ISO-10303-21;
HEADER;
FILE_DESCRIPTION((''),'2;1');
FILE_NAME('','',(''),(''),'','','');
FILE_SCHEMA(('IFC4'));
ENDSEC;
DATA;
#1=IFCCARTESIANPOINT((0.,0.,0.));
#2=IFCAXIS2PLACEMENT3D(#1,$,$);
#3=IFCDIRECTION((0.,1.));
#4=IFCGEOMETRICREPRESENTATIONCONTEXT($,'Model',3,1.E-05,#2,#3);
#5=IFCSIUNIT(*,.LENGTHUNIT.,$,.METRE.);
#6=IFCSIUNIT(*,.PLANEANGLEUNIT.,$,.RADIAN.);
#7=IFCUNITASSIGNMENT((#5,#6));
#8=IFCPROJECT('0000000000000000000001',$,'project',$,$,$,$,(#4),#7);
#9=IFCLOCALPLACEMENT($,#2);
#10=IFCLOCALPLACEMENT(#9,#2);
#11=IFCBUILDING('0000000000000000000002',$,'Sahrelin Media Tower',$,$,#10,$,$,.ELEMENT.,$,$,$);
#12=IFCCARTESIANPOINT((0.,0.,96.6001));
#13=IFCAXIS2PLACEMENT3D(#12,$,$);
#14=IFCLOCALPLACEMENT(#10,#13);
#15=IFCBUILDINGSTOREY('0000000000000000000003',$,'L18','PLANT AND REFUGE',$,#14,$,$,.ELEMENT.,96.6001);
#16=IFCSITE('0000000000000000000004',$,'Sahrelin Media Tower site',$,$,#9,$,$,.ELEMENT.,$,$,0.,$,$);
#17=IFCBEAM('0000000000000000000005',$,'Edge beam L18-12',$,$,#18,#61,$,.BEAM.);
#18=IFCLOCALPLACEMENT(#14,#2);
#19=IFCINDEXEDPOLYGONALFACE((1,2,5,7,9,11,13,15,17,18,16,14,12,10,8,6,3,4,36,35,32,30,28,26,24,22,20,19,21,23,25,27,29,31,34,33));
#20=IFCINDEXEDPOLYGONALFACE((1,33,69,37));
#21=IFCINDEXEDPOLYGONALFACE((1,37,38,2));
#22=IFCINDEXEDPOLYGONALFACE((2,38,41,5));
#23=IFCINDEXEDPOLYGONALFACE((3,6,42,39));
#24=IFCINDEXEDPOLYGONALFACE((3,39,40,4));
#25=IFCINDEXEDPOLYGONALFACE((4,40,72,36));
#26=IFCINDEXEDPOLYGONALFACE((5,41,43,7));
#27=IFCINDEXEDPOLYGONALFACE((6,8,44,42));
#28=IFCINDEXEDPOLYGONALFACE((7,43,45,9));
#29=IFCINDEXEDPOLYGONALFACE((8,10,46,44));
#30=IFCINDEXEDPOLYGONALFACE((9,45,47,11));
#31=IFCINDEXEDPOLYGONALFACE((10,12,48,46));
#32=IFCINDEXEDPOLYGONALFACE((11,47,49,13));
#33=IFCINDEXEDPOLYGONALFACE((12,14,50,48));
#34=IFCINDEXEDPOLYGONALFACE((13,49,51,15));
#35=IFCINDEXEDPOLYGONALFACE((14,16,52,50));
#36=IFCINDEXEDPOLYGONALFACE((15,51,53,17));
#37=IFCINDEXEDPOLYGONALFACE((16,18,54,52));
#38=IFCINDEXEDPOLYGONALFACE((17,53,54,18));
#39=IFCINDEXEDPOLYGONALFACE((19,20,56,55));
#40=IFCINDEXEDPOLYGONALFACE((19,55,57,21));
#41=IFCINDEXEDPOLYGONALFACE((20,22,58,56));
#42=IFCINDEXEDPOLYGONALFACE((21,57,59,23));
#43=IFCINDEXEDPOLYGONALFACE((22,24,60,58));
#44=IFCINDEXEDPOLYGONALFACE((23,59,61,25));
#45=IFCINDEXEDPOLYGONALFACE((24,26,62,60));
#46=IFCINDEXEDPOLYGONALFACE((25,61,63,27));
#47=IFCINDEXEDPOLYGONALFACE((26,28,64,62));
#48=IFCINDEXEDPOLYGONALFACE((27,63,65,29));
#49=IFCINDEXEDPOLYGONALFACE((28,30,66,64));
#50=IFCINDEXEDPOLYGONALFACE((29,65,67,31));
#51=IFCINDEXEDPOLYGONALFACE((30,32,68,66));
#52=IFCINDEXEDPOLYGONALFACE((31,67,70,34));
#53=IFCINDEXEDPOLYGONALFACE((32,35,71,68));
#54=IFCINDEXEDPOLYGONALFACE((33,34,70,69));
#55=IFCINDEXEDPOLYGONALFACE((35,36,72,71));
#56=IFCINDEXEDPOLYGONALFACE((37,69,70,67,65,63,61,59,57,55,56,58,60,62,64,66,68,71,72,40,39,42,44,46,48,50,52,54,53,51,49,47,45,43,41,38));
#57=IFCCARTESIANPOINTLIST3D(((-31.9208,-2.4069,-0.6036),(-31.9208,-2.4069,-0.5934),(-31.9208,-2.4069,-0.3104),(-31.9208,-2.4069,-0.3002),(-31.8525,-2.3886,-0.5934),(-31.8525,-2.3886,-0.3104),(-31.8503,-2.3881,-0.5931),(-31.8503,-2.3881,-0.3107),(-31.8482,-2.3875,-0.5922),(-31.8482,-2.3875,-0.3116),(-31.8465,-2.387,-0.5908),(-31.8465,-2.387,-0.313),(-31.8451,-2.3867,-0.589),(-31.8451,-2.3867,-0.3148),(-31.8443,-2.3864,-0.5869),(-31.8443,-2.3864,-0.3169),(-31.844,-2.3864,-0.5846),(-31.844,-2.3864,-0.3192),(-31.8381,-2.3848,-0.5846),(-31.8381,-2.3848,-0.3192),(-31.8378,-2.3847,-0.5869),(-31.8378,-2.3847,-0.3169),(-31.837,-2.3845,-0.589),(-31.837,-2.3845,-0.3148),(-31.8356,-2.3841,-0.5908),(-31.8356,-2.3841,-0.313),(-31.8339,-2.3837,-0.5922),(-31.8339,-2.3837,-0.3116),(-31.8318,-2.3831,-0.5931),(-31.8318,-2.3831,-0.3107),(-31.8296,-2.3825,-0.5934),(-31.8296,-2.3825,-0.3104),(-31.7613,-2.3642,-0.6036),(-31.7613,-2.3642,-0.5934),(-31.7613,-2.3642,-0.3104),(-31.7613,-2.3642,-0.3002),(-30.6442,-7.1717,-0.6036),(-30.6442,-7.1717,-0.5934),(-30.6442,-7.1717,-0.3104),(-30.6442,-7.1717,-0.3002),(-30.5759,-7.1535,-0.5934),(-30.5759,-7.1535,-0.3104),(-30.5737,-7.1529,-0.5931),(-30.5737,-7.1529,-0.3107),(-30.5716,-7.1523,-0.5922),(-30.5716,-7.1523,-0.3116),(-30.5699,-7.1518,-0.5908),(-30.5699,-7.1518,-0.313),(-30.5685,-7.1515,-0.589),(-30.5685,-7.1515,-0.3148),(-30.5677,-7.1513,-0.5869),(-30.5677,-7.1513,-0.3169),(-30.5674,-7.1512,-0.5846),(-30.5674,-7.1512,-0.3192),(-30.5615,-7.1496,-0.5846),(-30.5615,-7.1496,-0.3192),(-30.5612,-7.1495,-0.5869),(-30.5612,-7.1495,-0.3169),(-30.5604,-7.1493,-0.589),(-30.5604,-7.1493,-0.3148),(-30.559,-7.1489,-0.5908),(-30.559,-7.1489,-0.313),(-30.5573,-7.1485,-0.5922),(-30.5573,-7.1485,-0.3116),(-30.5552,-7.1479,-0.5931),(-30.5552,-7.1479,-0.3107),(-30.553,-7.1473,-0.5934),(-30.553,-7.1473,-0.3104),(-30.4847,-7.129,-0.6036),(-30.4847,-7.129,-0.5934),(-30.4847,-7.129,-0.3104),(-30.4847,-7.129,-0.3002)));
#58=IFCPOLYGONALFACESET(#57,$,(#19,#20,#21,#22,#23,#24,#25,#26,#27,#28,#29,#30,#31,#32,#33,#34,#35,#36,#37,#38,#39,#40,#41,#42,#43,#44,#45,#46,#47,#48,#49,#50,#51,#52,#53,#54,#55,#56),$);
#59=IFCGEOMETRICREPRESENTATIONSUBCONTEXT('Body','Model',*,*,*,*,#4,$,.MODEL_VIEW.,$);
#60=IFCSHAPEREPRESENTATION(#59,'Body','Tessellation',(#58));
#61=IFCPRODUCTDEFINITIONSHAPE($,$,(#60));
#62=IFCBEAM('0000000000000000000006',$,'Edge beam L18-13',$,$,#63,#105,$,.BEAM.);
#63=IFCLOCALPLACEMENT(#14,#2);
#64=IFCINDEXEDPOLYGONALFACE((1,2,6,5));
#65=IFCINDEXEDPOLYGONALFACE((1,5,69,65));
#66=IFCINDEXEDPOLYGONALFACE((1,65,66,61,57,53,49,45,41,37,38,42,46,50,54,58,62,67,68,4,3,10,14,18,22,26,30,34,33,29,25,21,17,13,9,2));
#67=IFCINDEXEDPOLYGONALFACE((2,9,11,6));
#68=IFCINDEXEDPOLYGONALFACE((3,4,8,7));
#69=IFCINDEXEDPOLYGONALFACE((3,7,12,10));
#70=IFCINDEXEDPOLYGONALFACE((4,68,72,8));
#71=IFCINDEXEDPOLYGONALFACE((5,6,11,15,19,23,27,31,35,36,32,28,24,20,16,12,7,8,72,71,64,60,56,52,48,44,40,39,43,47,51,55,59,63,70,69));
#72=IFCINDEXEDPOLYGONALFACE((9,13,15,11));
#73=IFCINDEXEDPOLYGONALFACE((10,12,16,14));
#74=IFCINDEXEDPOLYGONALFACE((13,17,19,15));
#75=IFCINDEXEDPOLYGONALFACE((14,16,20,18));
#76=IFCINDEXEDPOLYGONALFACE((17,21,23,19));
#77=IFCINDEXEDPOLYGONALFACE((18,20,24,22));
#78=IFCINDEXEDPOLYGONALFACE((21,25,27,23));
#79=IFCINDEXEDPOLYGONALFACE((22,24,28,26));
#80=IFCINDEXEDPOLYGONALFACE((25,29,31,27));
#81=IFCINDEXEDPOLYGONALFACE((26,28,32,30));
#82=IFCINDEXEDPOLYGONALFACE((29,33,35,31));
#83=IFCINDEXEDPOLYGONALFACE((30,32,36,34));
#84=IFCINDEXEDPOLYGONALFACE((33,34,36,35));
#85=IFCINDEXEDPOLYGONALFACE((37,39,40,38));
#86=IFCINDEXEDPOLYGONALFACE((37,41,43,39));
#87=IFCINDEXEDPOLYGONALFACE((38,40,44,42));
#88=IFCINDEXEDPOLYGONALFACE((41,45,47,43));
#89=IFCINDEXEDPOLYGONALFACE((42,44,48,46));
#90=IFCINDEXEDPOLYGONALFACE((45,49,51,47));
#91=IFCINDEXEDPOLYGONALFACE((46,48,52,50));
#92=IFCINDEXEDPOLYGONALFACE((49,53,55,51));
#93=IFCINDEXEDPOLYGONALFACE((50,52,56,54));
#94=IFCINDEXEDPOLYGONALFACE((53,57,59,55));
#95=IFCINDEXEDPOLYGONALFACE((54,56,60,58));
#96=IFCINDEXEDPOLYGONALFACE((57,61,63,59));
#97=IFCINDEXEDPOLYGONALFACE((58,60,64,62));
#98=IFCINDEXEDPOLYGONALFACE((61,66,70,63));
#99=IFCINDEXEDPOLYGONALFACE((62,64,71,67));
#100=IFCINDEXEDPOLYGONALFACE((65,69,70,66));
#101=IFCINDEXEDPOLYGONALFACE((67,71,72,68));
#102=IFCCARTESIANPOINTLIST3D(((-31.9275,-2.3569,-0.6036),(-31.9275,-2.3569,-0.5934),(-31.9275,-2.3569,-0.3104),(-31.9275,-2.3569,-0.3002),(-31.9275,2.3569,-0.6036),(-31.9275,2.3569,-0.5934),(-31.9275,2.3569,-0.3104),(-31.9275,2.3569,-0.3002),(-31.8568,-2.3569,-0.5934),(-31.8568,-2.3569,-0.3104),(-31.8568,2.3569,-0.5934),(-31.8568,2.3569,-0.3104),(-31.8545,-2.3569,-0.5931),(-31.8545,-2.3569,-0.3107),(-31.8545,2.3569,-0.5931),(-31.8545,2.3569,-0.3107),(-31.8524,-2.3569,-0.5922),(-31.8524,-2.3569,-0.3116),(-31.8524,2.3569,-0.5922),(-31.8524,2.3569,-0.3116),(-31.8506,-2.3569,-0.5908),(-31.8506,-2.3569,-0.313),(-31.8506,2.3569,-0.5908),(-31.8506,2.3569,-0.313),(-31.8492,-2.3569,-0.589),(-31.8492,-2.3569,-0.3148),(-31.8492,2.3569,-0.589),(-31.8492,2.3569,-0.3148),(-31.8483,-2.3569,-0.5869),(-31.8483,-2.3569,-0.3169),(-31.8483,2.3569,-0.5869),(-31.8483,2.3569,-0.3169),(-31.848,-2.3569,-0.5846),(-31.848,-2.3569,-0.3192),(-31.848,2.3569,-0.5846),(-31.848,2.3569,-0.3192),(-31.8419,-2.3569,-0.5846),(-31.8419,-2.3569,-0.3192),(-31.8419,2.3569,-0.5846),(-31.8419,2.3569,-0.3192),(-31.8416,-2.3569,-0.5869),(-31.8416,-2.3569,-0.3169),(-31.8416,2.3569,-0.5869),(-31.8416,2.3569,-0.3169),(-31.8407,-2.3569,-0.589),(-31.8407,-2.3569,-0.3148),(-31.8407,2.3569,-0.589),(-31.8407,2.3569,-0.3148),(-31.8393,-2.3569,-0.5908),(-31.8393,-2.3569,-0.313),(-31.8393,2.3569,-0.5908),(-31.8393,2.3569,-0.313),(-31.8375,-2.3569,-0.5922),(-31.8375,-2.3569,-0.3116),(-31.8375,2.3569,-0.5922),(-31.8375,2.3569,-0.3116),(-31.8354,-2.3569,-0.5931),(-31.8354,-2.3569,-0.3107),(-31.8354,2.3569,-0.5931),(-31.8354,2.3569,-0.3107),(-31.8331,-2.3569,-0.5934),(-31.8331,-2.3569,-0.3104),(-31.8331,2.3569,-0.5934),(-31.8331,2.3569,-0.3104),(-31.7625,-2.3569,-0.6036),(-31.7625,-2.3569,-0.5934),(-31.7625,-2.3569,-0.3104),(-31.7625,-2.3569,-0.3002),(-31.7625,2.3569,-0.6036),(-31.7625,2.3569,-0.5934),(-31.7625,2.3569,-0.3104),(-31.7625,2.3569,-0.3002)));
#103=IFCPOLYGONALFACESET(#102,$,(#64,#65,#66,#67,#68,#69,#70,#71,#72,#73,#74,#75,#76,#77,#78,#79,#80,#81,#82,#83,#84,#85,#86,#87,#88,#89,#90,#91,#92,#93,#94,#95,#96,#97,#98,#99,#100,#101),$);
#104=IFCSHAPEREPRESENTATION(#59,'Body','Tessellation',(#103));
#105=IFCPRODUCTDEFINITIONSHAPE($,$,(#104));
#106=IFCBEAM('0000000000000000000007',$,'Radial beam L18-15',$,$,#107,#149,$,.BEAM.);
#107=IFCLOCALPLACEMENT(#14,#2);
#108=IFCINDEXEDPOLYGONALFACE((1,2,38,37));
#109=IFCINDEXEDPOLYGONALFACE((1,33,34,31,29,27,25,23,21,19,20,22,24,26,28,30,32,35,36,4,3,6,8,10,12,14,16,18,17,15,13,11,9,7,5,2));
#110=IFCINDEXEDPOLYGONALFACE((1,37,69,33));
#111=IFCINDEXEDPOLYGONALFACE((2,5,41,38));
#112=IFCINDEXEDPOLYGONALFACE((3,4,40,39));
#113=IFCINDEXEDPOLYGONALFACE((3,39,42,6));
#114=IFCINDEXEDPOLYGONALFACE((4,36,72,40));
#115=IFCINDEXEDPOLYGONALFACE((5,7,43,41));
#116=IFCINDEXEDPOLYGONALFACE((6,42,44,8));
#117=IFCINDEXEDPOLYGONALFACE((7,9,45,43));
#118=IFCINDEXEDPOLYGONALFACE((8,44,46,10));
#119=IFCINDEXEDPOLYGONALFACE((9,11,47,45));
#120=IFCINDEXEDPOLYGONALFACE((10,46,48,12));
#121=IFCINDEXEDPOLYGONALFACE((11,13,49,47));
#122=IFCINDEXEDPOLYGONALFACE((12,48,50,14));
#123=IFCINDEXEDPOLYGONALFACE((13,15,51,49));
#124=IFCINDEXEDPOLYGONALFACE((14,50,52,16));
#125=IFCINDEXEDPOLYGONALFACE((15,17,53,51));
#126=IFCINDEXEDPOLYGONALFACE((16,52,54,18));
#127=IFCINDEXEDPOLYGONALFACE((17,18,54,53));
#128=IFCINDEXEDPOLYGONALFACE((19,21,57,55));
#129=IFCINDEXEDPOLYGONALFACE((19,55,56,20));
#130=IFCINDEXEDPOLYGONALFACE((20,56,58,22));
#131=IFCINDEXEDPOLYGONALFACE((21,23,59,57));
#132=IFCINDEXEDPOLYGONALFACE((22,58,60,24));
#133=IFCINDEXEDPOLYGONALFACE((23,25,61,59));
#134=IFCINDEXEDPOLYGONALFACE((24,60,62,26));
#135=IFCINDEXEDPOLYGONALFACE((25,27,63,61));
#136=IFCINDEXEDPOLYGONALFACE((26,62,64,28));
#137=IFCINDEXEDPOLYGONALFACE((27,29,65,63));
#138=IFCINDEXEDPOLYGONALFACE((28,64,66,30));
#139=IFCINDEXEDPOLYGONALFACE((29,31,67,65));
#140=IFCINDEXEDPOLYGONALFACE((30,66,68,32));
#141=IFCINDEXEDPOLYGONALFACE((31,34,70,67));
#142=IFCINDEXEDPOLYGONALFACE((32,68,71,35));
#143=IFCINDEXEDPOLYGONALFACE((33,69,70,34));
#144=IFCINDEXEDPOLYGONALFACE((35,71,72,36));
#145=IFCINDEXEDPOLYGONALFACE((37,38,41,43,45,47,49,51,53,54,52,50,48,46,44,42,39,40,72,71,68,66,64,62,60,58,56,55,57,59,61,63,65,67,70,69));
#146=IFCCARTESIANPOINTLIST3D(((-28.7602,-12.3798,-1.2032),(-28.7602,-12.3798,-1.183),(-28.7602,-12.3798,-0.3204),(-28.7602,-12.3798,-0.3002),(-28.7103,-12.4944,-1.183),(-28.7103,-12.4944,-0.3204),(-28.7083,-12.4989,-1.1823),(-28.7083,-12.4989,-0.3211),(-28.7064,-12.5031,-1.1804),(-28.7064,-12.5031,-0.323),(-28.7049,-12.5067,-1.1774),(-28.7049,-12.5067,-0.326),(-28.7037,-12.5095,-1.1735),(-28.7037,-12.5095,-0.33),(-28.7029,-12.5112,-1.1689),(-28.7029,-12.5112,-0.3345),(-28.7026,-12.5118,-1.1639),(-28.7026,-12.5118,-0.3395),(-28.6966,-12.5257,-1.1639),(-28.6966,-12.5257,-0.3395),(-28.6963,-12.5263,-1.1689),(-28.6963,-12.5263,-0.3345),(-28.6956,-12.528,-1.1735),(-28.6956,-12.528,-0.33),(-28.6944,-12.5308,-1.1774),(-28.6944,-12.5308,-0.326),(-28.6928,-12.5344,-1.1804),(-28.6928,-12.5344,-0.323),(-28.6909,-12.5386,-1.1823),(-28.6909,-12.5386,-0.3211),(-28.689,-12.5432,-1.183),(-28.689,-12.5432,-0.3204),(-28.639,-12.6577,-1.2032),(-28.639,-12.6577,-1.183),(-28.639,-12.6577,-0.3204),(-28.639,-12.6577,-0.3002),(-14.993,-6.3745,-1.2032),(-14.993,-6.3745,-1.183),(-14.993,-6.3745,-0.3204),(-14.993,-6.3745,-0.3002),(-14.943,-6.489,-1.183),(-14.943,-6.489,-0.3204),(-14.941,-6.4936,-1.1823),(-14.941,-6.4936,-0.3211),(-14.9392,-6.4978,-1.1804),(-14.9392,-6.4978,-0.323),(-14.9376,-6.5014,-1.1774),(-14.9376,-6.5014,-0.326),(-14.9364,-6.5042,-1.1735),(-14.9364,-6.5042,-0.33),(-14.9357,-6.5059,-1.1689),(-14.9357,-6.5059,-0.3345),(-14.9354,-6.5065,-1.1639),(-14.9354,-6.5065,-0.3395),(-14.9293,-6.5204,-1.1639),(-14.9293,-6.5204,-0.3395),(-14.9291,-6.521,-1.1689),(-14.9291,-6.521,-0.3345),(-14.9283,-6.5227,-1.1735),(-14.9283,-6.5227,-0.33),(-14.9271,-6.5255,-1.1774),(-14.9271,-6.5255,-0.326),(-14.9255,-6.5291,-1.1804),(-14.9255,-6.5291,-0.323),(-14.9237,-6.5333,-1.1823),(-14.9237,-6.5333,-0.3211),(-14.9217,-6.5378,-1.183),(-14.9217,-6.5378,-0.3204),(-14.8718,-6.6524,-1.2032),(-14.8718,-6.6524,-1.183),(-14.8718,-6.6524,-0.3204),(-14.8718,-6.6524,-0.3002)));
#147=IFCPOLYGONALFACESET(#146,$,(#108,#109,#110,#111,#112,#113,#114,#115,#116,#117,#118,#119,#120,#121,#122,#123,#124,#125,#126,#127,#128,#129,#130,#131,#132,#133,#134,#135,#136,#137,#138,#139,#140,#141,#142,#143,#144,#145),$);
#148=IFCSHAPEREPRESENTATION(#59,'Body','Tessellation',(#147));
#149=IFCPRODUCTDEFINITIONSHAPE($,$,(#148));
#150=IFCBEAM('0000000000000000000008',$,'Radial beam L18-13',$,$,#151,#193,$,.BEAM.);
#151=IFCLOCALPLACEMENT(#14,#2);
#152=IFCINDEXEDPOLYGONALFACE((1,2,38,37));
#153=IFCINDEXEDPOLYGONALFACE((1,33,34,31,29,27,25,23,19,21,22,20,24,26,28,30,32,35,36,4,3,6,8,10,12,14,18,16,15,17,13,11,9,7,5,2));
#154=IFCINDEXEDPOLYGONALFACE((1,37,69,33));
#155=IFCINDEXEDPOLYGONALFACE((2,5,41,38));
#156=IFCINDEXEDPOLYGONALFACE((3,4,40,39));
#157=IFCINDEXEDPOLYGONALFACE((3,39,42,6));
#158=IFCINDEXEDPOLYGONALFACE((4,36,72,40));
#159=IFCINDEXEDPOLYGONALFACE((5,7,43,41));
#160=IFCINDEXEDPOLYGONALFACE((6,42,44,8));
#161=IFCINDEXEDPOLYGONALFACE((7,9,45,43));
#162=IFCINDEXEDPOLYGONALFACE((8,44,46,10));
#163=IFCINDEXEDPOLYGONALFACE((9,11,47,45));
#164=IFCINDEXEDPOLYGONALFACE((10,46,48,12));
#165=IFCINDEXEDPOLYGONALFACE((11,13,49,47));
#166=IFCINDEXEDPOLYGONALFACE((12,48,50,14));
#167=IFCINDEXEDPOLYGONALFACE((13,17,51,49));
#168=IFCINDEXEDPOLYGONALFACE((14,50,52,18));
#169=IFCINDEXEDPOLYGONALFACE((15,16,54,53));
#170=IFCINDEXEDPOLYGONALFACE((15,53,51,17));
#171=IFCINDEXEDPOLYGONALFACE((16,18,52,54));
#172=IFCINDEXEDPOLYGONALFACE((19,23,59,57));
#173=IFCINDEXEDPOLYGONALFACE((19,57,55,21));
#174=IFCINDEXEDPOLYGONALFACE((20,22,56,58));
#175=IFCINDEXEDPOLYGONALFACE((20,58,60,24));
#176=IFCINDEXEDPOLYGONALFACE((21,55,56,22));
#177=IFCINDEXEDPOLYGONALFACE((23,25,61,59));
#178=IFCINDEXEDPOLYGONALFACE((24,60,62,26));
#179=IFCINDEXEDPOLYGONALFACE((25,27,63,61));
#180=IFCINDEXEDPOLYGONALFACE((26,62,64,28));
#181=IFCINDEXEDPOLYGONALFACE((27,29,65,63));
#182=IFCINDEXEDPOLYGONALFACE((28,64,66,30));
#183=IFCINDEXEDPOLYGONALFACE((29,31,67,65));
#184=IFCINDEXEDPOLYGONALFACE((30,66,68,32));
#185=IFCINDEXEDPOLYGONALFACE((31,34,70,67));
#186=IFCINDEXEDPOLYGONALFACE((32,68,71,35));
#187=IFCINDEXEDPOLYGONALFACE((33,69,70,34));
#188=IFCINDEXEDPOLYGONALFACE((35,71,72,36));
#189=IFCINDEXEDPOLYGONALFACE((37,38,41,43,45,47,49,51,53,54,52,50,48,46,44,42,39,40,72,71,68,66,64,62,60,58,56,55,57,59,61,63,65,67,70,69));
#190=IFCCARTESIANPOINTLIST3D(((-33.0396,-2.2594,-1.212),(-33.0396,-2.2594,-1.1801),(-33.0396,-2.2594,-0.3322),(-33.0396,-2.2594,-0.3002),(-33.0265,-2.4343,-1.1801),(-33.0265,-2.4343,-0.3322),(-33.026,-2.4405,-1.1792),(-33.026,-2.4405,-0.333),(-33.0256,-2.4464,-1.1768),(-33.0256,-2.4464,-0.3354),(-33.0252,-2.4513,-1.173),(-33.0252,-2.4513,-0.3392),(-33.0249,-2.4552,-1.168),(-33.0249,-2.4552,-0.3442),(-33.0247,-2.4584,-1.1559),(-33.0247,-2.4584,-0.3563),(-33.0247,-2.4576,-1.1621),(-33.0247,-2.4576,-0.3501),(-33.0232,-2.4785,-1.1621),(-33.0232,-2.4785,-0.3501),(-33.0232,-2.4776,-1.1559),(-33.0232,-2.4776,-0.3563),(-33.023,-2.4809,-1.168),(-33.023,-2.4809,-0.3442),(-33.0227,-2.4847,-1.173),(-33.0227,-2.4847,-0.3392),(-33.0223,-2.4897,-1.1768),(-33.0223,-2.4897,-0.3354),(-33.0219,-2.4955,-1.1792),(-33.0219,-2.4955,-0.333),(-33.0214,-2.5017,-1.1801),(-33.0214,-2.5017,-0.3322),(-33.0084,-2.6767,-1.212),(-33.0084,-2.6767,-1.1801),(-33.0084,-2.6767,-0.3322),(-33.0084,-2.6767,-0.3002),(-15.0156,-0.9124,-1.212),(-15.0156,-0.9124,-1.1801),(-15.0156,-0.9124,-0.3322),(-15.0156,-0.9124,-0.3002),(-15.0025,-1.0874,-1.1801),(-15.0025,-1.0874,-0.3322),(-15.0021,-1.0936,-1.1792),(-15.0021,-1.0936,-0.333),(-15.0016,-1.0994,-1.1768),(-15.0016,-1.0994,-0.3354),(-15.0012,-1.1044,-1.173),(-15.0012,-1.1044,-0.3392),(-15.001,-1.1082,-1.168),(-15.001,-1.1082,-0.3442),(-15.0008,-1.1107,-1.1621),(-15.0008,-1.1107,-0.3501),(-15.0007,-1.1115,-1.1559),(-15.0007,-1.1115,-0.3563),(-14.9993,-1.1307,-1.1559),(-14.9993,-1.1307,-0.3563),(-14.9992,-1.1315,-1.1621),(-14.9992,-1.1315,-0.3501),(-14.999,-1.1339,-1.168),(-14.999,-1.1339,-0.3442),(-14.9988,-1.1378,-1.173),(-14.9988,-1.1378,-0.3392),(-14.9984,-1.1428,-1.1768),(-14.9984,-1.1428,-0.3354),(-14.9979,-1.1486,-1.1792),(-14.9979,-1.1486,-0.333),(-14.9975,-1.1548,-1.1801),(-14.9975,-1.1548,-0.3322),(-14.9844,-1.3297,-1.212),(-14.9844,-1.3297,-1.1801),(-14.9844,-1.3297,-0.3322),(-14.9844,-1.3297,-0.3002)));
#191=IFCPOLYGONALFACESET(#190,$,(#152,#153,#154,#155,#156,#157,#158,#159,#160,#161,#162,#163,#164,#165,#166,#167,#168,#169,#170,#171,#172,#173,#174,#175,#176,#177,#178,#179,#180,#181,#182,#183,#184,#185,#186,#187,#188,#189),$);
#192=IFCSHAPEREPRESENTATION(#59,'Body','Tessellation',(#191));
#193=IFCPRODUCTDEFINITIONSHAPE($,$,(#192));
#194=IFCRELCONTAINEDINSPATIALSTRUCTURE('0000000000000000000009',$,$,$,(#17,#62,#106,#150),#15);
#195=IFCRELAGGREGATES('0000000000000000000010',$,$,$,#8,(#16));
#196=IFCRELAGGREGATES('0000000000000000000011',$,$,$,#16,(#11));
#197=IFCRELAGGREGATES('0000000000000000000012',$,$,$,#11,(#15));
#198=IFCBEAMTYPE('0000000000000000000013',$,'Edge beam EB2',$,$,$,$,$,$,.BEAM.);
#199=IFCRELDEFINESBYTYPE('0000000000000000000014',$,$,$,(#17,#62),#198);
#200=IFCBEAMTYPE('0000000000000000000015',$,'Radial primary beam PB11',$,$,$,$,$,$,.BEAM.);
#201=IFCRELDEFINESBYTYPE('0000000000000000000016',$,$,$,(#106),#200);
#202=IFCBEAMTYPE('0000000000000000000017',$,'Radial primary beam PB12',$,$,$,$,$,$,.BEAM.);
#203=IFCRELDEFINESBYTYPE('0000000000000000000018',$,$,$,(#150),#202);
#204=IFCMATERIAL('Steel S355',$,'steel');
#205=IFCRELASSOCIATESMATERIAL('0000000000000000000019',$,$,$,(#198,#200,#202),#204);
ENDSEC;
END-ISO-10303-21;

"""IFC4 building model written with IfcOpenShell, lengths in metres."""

from ifc_helpers import new_model, si_unit, direction, frame, origin, origin_2d, place, context, subcontext, project, spatial, i_section, extrude, material, material_profile, profile_set, type_object, element, save


model = new_model("IFC4")

# Units and contexts
model_context = context("Model", 3, precision=1e-05, world=origin(), true_north=direction((0.0, 1.0)))
body_context = subcontext(model_context, "Body", "Model", "MODEL_VIEW")
ifc_project = project(units=[si_unit("LENGTHUNIT", "METRE"), si_unit("PLANEANGLEUNIT", "RADIAN")], contexts=[model_context])

# Site, building, storey
site_placement = place(None, origin())
site = spatial("IfcSite", under=ifc_project, at=site_placement, Name="Sahrelin Media Tower site", CompositionType="ELEMENT", RefElevation=0.0)
building_placement = place(site_placement, origin())
building = spatial("IfcBuilding", under=site, at=building_placement, Name="Sahrelin Media Tower", CompositionType="ELEMENT")
storey_placement = place(building_placement, frame((0.0, 0.0, 96.6001)))
storey = spatial("IfcBuildingStorey", under=building, at=storey_placement, Name="L18", Description="PLANT AND REFUGE", CompositionType="ELEMENT", Elevation=96.6001)

# Beams
ifc_material_1 = material(Name="Steel S355", Category="steel")
ifc_material_profile_1 = material_profile(ifc_material_1, i_section(OverallWidth=0.165, OverallDepth=0.3035, WebThickness=0.0061, FlangeThickness=0.0103, FilletRadius=0.0088, at=origin_2d()), Name="UB 305x165x40")
ifc_profile_set_1 = profile_set([ifc_material_profile_1], Name="Steel S355")
beam_type_1 = type_object("IfcBeamType", Name="Edge beam EB2", PredefinedType="BEAM", material=ifc_profile_set_1)
beam_1_placement = place(storey_placement, frame((-30.5645, -7.1504, -0.4519), z_axis=(-0.258793, 0.965933, 0.0), x_axis=(-0.965933, -0.258793, 0.0)))
element("IfcBeam", 1, at=beam_1_placement, inside=storey, type_object=beam_type_1, Name="Edge beam L18-12", PredefinedType="BEAM", context=body_context, shape_type="SweptSolid", body=[
    extrude(i_section(OverallWidth=0.165, OverallDepth=0.3035, WebThickness=0.0061, FlangeThickness=0.0103, FilletRadius=0.0088, at=origin_2d()), origin(), (0.0, 0.0, 1.0), 4.9329),
])
beam_2_placement = place(storey_placement, frame((-31.845, -2.3569, -0.4519), z_axis=(0.0, 1.0, 0.0), x_axis=(-1.0, 0.0, 0.0)))
element("IfcBeam", 2, at=beam_2_placement, inside=storey, type_object=beam_type_1, Name="Edge beam L18-13", PredefinedType="BEAM", context=body_context, shape_type="SweptSolid", body=[
    extrude(i_section(OverallWidth=0.165, OverallDepth=0.3035, WebThickness=0.0061, FlangeThickness=0.0103, FilletRadius=0.0088, at=origin_2d()), origin(), (0.0, 0.0, 1.0), 4.7139),
])
ifc_material_profile_2 = material_profile(ifc_material_1, i_section(OverallWidth=0.3032, OverallDepth=0.9031, WebThickness=0.0151, FlangeThickness=0.0203, FilletRadius=0.019, at=origin_2d()), Name="UB 914x305x201")
ifc_profile_set_2 = profile_set([ifc_material_profile_2], Name="Steel S355")
beam_type_2 = type_object("IfcBeamType", Name="Radial primary beam PB11", PredefinedType="BEAM", material=ifc_profile_set_2)
beam_3_placement = place(storey_placement, frame((-14.9324, -6.5134, -0.7517), z_axis=(-0.916593, -0.399822, 0.0), x_axis=(0.399822, -0.916593, 0.0)))
element("IfcBeam", 3, at=beam_3_placement, inside=storey, type_object=beam_type_2, Name="Radial beam L18-15", PredefinedType="BEAM", context=body_context, shape_type="SweptSolid", body=[
    extrude(i_section(OverallWidth=0.3032, OverallDepth=0.9031, WebThickness=0.0151, FlangeThickness=0.0203, FilletRadius=0.019, at=origin_2d()), origin(), (0.0, 0.0, 1.0), 15.02),
])
ifc_material_profile_3 = material_profile(ifc_material_1, i_section(OverallWidth=0.4185, OverallDepth=0.9119, WebThickness=0.0193, FlangeThickness=0.032, FilletRadius=0.0242, at=origin_2d()), Name="UB 914x419x343")
ifc_profile_set_3 = profile_set([ifc_material_profile_3], Name="Steel S355")
beam_type_3 = type_object("IfcBeamType", Name="Radial primary beam PB12", PredefinedType="BEAM", material=ifc_profile_set_3)
beam_4_placement = place(storey_placement, frame((-15.0, -1.1211, -0.7561), z_axis=(-0.997219, -0.074522, 0.0), x_axis=(0.074522, -0.997219, 0.0)))
element("IfcBeam", 4, at=beam_4_placement, inside=storey, type_object=beam_type_3, Name="Radial beam L18-13", PredefinedType="BEAM", context=body_context, shape_type="SweptSolid", body=[
    extrude(i_section(OverallWidth=0.4185, OverallDepth=0.9119, WebThickness=0.0193, FlangeThickness=0.032, FilletRadius=0.0242, at=origin_2d()), origin(), (0.0, 0.0, 1.0), 18.0742),
])

save(model, "model.ifc")
